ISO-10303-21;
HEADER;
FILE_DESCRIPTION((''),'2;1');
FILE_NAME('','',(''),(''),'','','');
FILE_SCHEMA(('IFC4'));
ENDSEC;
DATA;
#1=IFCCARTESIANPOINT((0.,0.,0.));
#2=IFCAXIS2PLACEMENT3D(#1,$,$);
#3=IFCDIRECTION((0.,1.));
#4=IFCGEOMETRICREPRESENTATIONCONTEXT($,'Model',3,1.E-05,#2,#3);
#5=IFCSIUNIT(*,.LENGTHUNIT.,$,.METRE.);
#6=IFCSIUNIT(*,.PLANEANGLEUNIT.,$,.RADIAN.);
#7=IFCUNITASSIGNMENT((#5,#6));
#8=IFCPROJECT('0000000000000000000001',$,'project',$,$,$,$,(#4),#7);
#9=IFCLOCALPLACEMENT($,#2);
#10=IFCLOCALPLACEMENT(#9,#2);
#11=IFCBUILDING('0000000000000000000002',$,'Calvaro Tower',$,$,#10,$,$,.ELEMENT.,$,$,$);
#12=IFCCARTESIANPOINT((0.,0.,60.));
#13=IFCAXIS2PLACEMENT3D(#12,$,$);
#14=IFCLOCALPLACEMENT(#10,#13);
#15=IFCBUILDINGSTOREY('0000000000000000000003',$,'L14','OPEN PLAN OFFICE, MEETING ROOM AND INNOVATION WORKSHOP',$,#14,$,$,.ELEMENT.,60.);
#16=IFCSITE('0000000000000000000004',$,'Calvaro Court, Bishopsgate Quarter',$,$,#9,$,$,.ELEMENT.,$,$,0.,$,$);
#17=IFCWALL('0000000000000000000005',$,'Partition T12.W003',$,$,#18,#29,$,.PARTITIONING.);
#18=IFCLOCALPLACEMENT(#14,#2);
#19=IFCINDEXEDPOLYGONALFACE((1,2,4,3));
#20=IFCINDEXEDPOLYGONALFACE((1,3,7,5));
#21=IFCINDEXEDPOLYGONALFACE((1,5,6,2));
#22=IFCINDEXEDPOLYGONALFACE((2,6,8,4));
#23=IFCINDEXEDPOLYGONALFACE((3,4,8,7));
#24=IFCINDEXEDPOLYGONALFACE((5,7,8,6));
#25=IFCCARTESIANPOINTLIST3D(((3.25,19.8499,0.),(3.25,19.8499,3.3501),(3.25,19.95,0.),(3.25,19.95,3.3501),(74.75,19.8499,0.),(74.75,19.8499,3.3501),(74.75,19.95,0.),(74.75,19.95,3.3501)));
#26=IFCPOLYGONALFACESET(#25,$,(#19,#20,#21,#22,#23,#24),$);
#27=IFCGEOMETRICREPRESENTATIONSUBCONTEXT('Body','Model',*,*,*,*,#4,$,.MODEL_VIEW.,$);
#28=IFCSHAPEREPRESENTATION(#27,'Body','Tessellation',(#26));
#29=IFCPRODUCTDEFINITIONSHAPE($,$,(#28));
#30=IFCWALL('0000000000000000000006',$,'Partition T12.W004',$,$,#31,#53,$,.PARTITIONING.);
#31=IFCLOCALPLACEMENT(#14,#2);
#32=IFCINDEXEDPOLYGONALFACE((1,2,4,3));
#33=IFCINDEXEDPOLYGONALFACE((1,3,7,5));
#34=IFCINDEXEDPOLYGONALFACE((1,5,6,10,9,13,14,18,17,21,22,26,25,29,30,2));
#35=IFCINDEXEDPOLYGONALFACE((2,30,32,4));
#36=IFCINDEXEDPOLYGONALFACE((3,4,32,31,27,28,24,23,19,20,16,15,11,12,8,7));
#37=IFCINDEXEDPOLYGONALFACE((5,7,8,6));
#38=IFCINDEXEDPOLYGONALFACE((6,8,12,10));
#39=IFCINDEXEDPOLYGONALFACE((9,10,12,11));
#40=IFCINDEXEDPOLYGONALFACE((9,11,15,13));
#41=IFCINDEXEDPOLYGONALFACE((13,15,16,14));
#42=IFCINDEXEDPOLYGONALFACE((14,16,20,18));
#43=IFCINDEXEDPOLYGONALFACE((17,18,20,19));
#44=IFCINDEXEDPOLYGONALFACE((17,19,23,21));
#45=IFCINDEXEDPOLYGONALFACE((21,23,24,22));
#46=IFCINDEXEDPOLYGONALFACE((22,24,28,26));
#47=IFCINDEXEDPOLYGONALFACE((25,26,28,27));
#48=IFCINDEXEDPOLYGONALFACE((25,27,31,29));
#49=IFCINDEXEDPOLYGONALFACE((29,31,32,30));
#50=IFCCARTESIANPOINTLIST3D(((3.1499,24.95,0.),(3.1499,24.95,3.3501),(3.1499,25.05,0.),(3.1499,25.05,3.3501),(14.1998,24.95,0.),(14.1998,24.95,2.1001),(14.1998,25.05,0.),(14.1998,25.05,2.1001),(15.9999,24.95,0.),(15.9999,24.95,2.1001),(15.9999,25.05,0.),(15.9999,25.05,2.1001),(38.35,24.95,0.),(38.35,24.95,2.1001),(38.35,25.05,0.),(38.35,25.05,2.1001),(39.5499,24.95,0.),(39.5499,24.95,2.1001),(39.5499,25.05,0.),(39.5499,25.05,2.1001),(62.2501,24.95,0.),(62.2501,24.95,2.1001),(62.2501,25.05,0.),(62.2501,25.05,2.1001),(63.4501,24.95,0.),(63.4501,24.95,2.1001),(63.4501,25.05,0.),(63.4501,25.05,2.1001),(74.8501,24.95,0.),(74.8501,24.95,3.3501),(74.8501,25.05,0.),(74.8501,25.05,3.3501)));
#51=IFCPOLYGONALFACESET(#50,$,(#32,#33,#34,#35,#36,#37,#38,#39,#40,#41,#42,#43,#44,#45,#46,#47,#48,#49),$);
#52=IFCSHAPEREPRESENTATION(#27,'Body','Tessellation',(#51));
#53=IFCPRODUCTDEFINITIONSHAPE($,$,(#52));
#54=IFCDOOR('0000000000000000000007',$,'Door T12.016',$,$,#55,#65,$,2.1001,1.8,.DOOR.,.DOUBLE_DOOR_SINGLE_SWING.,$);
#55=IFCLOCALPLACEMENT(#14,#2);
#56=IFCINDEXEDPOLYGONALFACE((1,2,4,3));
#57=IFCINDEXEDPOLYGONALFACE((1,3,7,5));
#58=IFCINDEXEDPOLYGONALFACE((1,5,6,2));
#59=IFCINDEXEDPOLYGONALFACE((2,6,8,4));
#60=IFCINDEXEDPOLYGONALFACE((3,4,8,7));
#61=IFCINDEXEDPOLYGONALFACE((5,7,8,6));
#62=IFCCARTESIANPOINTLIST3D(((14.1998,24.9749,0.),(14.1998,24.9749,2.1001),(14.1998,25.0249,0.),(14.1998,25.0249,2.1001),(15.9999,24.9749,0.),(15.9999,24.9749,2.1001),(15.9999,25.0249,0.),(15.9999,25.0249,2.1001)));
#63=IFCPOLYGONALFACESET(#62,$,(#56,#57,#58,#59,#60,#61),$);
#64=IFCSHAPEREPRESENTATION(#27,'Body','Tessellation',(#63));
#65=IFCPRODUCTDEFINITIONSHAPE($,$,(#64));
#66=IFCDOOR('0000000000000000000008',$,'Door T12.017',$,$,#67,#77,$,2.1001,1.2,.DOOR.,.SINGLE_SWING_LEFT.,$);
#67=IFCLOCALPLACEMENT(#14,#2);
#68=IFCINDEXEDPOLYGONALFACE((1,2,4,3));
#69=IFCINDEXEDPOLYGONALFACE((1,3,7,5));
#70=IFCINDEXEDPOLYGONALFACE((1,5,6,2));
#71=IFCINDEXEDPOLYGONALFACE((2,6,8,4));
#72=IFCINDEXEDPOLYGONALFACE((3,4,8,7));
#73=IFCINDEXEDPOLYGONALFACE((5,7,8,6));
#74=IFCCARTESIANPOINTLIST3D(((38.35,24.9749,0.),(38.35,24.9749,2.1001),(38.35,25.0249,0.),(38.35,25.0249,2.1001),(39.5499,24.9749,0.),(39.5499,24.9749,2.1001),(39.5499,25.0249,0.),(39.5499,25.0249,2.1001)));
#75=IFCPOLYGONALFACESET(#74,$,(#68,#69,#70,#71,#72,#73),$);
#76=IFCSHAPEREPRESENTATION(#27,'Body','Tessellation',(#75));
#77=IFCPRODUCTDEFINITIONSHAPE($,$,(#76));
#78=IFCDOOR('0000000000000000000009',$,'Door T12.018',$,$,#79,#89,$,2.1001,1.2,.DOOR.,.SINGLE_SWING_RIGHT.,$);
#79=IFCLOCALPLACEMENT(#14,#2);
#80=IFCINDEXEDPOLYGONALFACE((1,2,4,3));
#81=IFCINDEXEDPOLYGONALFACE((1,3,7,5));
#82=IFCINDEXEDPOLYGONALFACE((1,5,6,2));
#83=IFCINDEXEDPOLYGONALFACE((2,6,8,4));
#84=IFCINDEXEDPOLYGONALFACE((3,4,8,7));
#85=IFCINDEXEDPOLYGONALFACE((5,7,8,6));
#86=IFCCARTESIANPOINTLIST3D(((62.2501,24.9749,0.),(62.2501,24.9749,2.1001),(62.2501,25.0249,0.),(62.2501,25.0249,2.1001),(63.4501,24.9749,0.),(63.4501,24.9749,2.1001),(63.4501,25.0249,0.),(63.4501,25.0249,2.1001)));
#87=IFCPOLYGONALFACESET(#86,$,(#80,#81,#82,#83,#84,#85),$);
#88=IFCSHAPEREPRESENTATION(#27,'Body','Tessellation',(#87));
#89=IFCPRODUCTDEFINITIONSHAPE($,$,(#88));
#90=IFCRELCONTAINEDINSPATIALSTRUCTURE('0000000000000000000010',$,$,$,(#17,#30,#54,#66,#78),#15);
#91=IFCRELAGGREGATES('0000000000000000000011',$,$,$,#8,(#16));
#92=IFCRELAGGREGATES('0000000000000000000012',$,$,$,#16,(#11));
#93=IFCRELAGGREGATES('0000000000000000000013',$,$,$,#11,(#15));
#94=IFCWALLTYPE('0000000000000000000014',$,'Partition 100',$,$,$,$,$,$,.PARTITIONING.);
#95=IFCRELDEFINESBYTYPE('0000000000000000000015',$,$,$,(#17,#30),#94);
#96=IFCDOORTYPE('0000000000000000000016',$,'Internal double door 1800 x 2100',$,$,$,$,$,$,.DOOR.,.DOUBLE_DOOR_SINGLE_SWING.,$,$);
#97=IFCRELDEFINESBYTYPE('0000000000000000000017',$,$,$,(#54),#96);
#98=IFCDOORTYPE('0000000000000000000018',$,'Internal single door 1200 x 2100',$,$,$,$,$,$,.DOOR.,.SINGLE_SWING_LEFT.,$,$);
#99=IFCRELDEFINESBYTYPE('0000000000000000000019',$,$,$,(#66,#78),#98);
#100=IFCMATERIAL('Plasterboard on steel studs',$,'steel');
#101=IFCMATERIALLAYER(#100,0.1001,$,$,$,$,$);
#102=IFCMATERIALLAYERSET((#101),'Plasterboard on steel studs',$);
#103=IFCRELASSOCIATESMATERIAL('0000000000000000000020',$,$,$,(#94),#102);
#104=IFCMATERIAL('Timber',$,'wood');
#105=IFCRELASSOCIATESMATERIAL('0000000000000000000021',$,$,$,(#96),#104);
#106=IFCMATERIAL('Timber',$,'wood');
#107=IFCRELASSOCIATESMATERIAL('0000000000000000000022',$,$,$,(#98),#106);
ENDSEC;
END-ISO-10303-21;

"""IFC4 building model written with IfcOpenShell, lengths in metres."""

from ifc_helpers import new_model, si_unit, direction, frame, frame_2d, origin, place, context, subcontext, project, spatial, rectangle, extrude, material, layer, layer_set, type_object, element, fill, save


model = new_model("IFC4")

# Units and contexts
model_context = context("Model", 3, precision=1e-05, world=origin(), true_north=direction((0.0, 1.0)))
body_context = subcontext(model_context, "Body", "Model", "MODEL_VIEW")
ifc_project = project(units=[si_unit("LENGTHUNIT", "METRE"), si_unit("PLANEANGLEUNIT", "RADIAN")], contexts=[model_context])

# Site, building, storey
site_placement = place(None, origin())
site = spatial("IfcSite", under=ifc_project, at=site_placement, Name="Calvaro Court, Bishopsgate Quarter", CompositionType="ELEMENT", RefElevation=0.0)
building_placement = place(site_placement, origin())
building = spatial("IfcBuilding", under=site, at=building_placement, Name="Calvaro Tower", CompositionType="ELEMENT")
storey_placement = place(building_placement, frame((0.0, 0.0, 60.0)))
storey = spatial("IfcBuildingStorey", under=building, at=storey_placement, Name="L14", Description="OPEN PLAN OFFICE, MEETING ROOM AND INNOVATION WORKSHOP", CompositionType="ELEMENT", Elevation=60.0)

# Wall
ifc_material_1 = material(Name="Plasterboard on steel studs", Category="steel")
ifc_layer = layer(ifc_material_1, 0.1001)
ifc_layer_set = layer_set([ifc_layer], Name="Plasterboard on steel studs")
wall_type = type_object("IfcWallType", Name="Partition 100", PredefinedType="PARTITIONING", material=ifc_layer_set)
wall_1_placement = place(storey_placement, frame((3.25, 19.8999, 0.0), z_axis=(0.0, 0.0, 1.0), x_axis=(1.0, 0.0, 0.0)))
element("IfcWall", 1, at=wall_1_placement, inside=storey, type_object=wall_type, Name="Partition T12.W003", PredefinedType="PARTITIONING", context=body_context, shape_type="SweptSolid", body=[
    extrude(rectangle(XDim=71.5, YDim=0.1001, at=frame_2d((35.75, 0.0))), origin(), (0.0, 0.0, 1.0), 3.3501),
])

# Wall, openings, doors
wall_2_placement = place(storey_placement, frame((3.1499, 25.0, 0.0), z_axis=(0.0, 0.0, 1.0), x_axis=(1.0, 0.0, 0.0)))
wall_2 = element("IfcWall", 2, at=wall_2_placement, inside=storey, type_object=wall_type, Name="Partition T12.W004", PredefinedType="PARTITIONING", context=body_context, shape_type="SweptSolid", body=[
    extrude(rectangle(XDim=71.7002, YDim=0.1001, at=frame_2d((35.8501, 0.0))), origin(), (0.0, 0.0, 1.0), 3.3501),
])
opening_1_placement = place(wall_2_placement, frame((11.05, 0.0, 0.0)))
opening_1 = element("IfcOpeningElement", 3, at=opening_1_placement, cuts=wall_2, PredefinedType="OPENING", context=body_context, shape_type="SweptSolid", body=[
    extrude(rectangle(XDim=1.8, YDim=2.1001, at=frame_2d((0.8999, 1.05))), frame((0.0, 0.0601, 0.0), z_axis=(0.0, -1.0, 0.0), x_axis=(1.0, 0.0, 0.0)), (0.0, 0.0, 1.0), 0.1201),
])
opening_2_placement = place(wall_2_placement, frame((35.2, 0.0, 0.0)))
opening_2 = element("IfcOpeningElement", 4, at=opening_2_placement, cuts=wall_2, PredefinedType="OPENING", context=body_context, shape_type="SweptSolid", body=[
    extrude(rectangle(XDim=1.2, YDim=2.1001, at=frame_2d((0.6001, 1.05))), frame((0.0, 0.0601, 0.0), z_axis=(0.0, -1.0, 0.0), x_axis=(1.0, 0.0, 0.0)), (0.0, 0.0, 1.0), 0.1201),
])
opening_3_placement = place(wall_2_placement, frame((59.1001, 0.0, 0.0)))
opening_3 = element("IfcOpeningElement", 5, at=opening_3_placement, cuts=wall_2, PredefinedType="OPENING", context=body_context, shape_type="SweptSolid", body=[
    extrude(rectangle(XDim=1.2, YDim=2.1001, at=frame_2d((0.6001, 1.05))), frame((0.0, 0.0601, 0.0), z_axis=(0.0, -1.0, 0.0), x_axis=(1.0, 0.0, 0.0)), (0.0, 0.0, 1.0), 0.1201),
])
ifc_material_2 = material(Name="Timber", Category="wood")
door_type_1 = type_object("IfcDoorType", Name="Internal double door 1800 x 2100", OperationType="DOUBLE_DOOR_SINGLE_SWING", PredefinedType="DOOR", material=ifc_material_2)
door_1_placement = place(opening_1_placement, origin())
door_1 = element("IfcDoor", 6, at=door_1_placement, inside=storey, type_object=door_type_1, Name="Door T12.016", OperationType="DOUBLE_DOOR_SINGLE_SWING", OverallHeight=2.1001, OverallWidth=1.8, PredefinedType="DOOR", context=body_context, shape_type="SweptSolid", body=[
    extrude(rectangle(XDim=1.8, YDim=2.1001, at=frame_2d((0.8999, 1.05))), frame((0.0, 0.0249, 0.0), z_axis=(0.0, -1.0, 0.0), x_axis=(1.0, 0.0, 0.0)), (0.0, 0.0, 1.0), 0.05),
])
fill(opening_1, door_1)
ifc_material_3 = material(Name="Timber", Category="wood")
door_type_2 = type_object("IfcDoorType", Name="Internal single door 1200 x 2100", OperationType="SINGLE_SWING_LEFT", PredefinedType="DOOR", material=ifc_material_3)
door_2_placement = place(opening_2_placement, origin())
door_2 = element("IfcDoor", 7, at=door_2_placement, inside=storey, type_object=door_type_2, Name="Door T12.017", OperationType="SINGLE_SWING_LEFT", OverallHeight=2.1001, OverallWidth=1.2, PredefinedType="DOOR", context=body_context, shape_type="SweptSolid", body=[
    extrude(rectangle(XDim=1.2, YDim=2.1001, at=frame_2d((0.6001, 1.05))), frame((0.0, 0.0249, 0.0), z_axis=(0.0, -1.0, 0.0), x_axis=(1.0, 0.0, 0.0)), (0.0, 0.0, 1.0), 0.05),
])
fill(opening_2, door_2)
door_3_placement = place(opening_3_placement, origin())
door_3 = element("IfcDoor", 8, at=door_3_placement, inside=storey, type_object=door_type_2, Name="Door T12.018", OperationType="SINGLE_SWING_RIGHT", OverallHeight=2.1001, OverallWidth=1.2, PredefinedType="DOOR", context=body_context, shape_type="SweptSolid", body=[
    extrude(rectangle(XDim=1.2, YDim=2.1001, at=frame_2d((0.6001, 1.05))), frame((0.0, 0.0249, 0.0), z_axis=(0.0, -1.0, 0.0), x_axis=(1.0, 0.0, 0.0)), (0.0, 0.0, 1.0), 0.05),
])
fill(opening_3, door_3)

save(model, "model.ifc")
